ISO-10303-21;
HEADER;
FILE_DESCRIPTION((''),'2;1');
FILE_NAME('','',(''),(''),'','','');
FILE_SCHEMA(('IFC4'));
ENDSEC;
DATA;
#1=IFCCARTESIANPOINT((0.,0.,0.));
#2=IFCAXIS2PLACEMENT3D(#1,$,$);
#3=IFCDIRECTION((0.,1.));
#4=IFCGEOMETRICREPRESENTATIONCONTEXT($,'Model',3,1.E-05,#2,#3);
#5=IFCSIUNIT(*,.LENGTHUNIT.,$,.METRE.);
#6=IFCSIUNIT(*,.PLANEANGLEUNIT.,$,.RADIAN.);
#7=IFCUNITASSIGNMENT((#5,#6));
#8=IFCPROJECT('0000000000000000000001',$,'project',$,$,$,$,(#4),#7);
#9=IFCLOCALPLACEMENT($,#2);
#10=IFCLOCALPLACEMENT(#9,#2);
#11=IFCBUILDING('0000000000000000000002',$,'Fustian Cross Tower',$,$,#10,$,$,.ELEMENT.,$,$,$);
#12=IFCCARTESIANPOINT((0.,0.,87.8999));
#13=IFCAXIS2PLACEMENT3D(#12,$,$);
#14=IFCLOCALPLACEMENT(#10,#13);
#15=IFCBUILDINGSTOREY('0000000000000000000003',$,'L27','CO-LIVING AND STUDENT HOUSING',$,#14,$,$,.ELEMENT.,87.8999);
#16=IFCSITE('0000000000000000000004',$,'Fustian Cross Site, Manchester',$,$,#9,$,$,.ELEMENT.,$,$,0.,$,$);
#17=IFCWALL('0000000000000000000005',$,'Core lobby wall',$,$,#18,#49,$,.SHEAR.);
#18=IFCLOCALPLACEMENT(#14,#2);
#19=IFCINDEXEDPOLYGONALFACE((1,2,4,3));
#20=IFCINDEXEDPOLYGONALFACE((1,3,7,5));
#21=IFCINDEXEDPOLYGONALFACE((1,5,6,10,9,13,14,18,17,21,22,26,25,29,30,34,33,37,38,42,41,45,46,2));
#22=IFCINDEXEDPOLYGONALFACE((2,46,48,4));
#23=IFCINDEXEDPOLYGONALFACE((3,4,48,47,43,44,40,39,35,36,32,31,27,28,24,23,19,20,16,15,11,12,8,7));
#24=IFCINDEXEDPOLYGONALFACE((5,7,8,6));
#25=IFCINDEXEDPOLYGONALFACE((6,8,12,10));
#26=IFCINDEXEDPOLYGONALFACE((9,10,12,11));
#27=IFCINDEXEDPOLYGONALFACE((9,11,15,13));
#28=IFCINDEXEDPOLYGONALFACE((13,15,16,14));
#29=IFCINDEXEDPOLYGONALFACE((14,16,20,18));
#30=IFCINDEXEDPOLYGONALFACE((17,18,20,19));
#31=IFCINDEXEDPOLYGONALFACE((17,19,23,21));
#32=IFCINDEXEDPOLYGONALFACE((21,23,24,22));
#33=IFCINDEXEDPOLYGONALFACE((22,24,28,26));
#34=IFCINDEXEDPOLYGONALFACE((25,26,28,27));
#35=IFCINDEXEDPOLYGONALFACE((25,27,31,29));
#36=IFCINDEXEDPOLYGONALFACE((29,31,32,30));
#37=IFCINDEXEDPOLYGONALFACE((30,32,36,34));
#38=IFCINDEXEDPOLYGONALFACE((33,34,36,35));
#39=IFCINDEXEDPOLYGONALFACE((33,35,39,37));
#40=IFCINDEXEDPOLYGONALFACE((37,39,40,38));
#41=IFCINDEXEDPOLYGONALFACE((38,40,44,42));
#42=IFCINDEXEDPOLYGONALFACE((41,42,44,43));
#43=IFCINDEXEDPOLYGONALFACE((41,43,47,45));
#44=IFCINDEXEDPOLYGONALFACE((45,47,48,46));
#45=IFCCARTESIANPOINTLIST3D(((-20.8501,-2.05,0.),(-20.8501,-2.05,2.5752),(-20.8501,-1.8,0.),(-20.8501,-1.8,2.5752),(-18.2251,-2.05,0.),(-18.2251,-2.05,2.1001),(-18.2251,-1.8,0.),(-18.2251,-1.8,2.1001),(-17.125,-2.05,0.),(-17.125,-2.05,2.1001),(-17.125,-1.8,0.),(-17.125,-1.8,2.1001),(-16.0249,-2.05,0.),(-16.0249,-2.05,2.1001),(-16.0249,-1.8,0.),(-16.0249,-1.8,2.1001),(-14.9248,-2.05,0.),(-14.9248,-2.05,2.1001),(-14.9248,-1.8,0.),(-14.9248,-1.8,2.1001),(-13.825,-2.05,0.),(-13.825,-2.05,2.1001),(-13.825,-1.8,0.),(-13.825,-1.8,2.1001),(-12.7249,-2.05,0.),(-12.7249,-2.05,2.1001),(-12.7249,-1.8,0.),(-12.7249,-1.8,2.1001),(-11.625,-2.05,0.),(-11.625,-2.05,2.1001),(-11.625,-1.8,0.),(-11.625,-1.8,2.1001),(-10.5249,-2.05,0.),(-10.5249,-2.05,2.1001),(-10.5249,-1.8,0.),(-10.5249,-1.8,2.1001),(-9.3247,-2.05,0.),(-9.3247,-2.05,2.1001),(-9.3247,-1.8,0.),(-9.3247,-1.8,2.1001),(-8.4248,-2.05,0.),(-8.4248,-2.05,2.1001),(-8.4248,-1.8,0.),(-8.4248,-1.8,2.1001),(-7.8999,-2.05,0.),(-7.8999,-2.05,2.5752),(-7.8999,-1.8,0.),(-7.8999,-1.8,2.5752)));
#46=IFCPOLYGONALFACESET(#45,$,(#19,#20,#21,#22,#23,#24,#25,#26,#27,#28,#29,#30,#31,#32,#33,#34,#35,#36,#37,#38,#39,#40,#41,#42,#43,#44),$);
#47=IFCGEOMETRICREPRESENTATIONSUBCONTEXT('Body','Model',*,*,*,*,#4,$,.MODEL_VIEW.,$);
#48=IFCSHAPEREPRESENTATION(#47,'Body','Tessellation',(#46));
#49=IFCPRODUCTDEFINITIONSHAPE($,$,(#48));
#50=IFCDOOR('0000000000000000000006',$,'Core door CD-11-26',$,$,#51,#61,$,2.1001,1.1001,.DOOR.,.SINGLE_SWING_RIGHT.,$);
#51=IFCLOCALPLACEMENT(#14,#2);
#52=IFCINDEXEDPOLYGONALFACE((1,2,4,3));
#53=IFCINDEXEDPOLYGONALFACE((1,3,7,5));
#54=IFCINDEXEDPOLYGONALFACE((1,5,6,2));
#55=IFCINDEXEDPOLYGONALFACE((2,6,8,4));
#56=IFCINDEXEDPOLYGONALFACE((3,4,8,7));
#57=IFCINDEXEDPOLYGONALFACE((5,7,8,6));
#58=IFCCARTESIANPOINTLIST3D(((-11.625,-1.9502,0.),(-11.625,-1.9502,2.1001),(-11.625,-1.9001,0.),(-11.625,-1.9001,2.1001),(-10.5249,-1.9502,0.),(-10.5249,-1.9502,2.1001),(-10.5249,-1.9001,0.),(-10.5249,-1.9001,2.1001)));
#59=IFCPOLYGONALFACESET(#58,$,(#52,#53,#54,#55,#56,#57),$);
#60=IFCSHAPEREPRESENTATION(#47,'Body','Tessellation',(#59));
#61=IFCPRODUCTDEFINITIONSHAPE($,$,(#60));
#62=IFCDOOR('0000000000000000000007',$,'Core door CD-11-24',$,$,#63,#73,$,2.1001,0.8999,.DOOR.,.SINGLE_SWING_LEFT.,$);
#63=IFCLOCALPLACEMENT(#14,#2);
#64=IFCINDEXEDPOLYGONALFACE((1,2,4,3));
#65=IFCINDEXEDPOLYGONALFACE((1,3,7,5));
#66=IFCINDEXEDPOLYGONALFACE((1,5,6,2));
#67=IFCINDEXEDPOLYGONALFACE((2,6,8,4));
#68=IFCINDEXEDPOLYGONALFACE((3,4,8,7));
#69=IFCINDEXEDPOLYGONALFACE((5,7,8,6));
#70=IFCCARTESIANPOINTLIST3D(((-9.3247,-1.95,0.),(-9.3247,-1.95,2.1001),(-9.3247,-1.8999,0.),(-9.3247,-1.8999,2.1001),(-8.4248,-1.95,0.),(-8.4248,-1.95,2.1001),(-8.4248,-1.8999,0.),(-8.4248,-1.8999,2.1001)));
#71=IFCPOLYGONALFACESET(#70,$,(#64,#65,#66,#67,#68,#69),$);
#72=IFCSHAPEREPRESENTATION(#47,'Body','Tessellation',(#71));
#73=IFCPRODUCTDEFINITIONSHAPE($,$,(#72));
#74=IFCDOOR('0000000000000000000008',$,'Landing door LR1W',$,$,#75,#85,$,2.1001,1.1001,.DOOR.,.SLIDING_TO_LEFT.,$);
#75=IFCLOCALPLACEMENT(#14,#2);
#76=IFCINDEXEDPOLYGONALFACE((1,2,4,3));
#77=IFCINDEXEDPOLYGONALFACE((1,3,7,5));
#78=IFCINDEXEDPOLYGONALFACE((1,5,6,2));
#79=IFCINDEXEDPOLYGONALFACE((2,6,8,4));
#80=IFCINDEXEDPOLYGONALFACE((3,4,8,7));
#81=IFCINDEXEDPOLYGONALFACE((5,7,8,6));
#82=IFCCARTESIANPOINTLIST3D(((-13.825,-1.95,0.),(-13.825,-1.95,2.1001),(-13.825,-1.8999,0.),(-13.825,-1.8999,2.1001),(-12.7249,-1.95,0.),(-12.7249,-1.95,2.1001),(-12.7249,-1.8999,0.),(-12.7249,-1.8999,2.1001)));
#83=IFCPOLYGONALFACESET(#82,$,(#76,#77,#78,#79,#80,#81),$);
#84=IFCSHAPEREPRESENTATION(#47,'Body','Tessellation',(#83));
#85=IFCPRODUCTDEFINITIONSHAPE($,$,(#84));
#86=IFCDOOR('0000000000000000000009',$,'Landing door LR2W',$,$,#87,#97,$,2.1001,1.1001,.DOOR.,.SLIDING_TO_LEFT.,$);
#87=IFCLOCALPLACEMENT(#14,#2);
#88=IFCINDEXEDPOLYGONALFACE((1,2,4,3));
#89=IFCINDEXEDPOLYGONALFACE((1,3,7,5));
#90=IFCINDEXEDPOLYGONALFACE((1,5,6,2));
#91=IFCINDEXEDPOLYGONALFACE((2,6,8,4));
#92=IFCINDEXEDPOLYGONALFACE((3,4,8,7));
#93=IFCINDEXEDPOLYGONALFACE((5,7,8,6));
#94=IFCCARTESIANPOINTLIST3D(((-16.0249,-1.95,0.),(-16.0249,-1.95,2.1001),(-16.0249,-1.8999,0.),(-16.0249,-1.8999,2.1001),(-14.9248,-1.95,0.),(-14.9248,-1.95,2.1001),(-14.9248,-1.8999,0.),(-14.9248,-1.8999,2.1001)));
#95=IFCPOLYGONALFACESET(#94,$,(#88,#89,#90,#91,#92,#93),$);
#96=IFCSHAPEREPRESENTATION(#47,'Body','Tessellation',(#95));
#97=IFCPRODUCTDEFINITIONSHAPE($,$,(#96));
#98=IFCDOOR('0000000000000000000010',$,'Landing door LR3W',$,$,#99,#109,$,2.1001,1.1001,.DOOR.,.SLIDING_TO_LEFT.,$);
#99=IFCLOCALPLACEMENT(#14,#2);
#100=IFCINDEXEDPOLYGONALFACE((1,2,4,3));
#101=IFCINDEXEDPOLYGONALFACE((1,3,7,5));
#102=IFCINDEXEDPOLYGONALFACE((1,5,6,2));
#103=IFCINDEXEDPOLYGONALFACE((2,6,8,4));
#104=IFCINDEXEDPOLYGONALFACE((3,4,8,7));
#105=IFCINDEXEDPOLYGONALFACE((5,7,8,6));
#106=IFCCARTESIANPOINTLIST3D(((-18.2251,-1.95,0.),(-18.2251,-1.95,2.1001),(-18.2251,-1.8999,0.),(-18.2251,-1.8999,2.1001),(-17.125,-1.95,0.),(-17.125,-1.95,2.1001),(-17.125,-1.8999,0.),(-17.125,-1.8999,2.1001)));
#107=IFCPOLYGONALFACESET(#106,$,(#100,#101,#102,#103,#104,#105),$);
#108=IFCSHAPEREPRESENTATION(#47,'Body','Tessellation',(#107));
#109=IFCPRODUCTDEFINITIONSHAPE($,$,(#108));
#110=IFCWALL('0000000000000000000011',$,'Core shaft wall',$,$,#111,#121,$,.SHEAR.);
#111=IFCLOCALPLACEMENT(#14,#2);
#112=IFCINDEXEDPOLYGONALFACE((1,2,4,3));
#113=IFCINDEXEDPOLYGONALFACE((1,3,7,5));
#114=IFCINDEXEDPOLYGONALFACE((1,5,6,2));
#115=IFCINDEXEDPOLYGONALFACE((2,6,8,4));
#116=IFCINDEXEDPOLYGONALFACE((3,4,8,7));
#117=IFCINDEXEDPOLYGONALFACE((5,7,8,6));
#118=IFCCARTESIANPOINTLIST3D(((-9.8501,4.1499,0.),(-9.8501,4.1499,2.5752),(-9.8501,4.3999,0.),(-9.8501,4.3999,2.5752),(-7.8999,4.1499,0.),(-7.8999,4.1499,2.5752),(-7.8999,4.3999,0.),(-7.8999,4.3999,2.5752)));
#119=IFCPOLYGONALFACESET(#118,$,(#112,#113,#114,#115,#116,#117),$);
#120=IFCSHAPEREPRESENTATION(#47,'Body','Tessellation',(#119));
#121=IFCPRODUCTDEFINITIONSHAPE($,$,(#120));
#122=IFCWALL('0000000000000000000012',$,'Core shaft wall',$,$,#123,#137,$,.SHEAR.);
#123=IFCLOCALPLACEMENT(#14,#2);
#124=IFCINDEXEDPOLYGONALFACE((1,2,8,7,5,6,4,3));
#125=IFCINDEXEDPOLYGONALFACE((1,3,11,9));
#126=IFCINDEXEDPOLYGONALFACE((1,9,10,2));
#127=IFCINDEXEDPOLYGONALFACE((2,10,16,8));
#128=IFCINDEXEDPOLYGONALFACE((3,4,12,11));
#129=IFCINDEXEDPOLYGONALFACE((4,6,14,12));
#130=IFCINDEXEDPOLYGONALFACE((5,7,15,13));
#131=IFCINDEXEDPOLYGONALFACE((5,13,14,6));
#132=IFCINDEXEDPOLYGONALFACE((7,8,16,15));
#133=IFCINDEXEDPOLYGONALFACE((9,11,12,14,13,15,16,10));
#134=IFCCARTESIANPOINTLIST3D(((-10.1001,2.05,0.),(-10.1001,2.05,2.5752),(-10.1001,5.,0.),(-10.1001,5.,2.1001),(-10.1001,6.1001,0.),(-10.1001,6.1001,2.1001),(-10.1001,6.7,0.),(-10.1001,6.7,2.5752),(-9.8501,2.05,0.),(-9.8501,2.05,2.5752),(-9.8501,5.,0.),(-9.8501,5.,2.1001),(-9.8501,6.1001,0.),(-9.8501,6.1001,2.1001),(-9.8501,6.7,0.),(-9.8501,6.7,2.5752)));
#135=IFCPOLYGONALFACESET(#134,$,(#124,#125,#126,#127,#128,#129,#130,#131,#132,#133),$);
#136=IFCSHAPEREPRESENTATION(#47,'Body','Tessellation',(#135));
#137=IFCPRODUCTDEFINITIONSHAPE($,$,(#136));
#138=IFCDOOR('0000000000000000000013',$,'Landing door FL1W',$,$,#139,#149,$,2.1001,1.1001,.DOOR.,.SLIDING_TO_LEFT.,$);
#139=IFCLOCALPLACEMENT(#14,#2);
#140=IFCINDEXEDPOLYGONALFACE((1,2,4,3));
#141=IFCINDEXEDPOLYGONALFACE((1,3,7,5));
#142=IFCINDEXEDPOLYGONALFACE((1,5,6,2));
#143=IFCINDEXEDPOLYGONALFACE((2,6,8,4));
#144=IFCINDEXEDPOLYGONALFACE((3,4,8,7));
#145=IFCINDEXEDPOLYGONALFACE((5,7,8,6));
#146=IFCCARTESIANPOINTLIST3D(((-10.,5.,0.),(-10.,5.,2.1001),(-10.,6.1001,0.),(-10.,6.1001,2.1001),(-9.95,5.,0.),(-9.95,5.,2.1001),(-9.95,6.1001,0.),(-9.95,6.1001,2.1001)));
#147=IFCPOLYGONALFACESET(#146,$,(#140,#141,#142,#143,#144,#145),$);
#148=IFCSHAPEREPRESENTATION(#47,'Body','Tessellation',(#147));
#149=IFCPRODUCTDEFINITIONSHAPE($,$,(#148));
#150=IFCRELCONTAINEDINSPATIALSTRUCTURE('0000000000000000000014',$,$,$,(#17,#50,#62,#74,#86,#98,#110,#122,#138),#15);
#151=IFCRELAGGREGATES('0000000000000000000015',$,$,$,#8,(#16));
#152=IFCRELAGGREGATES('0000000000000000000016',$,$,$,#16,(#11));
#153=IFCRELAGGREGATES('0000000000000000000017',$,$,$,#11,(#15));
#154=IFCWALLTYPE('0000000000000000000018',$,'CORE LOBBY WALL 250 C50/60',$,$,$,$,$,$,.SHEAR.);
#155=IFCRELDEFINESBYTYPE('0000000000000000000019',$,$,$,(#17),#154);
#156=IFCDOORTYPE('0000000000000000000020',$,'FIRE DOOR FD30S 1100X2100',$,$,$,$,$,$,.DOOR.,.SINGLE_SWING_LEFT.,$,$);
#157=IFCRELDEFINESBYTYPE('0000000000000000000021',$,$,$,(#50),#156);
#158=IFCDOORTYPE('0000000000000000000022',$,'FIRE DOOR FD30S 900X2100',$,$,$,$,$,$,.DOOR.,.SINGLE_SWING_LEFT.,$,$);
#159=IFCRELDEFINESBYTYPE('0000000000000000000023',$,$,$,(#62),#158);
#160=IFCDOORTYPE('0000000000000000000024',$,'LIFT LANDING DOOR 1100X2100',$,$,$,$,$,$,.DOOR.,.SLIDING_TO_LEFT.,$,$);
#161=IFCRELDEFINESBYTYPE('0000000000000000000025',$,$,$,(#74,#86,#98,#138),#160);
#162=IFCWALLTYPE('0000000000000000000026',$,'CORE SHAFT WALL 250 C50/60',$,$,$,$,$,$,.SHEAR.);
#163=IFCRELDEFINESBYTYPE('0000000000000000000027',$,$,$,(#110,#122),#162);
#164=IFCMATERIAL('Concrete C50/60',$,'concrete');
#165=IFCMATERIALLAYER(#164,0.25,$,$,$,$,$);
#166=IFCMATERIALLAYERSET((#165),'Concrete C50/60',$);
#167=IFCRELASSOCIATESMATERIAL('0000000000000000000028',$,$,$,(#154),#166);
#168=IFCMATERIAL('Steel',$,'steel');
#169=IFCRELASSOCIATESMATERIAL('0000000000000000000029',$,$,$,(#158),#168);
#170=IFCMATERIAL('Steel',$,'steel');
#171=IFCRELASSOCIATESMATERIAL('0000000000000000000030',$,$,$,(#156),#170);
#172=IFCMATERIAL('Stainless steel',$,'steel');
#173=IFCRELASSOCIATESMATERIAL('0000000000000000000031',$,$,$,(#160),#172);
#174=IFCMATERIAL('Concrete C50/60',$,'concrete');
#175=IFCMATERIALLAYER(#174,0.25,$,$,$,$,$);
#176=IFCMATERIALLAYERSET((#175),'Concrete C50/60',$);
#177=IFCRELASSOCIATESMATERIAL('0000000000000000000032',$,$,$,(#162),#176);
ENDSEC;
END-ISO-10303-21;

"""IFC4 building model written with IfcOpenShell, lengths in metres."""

from ifc_helpers import new_model, si_unit, direction, frame, frame_2d, origin, place, context, subcontext, project, spatial, rectangle, extrude, material, layer, layer_set, type_object, element, fill, save


model = new_model("IFC4")

# Units and contexts
model_context = context("Model", 3, precision=1e-05, world=origin(), true_north=direction((0.0, 1.0)))
body_context = subcontext(model_context, "Body", "Model", "MODEL_VIEW")
ifc_project = project(units=[si_unit("LENGTHUNIT", "METRE"), si_unit("PLANEANGLEUNIT", "RADIAN")], contexts=[model_context])

# Site, building, storey
site_placement = place(None, origin())
site = spatial("IfcSite", under=ifc_project, at=site_placement, Name="Fustian Cross Site, Manchester", CompositionType="ELEMENT", RefElevation=0.0)
building_placement = place(site_placement, origin())
building = spatial("IfcBuilding", under=site, at=building_placement, Name="Fustian Cross Tower", CompositionType="ELEMENT")
storey_placement = place(building_placement, frame((0.0, 0.0, 87.8999)))
storey = spatial("IfcBuildingStorey", under=building, at=storey_placement, Name="L27", Description="CO-LIVING AND STUDENT HOUSING", CompositionType="ELEMENT", Elevation=87.8999)

# Wall, openings, doors
ifc_material_1 = material(Name="Concrete C50/60", Category="concrete")
ifc_layer_1 = layer(ifc_material_1, 0.25)
ifc_layer_set_1 = layer_set([ifc_layer_1], Name="Concrete C50/60")
wall_type_1 = type_object("IfcWallType", Name="CORE LOBBY WALL 250 C50/60", PredefinedType="SHEAR", material=ifc_layer_set_1)
ifc_material_2 = material(Name="Steel", Category="steel")
door_type_1 = type_object("IfcDoorType", Name="FIRE DOOR FD30S 900X2100", OperationType="SINGLE_SWING_LEFT", PredefinedType="DOOR", material=ifc_material_2)
wall_1_placement = place(storey_placement, frame((-7.8999, -1.925, 0.0), z_axis=(0.0, 0.0, 1.0), x_axis=(-1.0, 0.0, 0.0)))
wall_1 = element("IfcWall", 1, at=wall_1_placement, inside=storey, type_object=wall_type_1, Name="Core lobby wall", PredefinedType="SHEAR", context=body_context, shape_type="SweptSolid", body=[
    extrude(rectangle(XDim=12.9502, YDim=0.25, at=frame_2d((6.4751, 0.0))), origin(), (0.0, 0.0, 1.0), 2.5752),
])
opening_1_placement = place(wall_1_placement, frame((4.825, 0.0, 0.0)))
opening_1 = element("IfcOpeningElement", 2, at=opening_1_placement, cuts=wall_1, PredefinedType="OPENING", context=body_context, shape_type="SweptSolid", body=[
    extrude(rectangle(XDim=1.1001, YDim=2.1001, at=frame_2d((0.55, 1.05))), frame((0.0, 0.135, 0.0), z_axis=(0.0, -1.0, 0.0), x_axis=(1.0, 0.0, 0.0)), (0.0, 0.0, 1.0), 0.27),
])
opening_2_placement = place(wall_1_placement, frame((7.0249, 0.0, 0.0)))
opening_2 = element("IfcOpeningElement", 3, at=opening_2_placement, cuts=wall_1, PredefinedType="OPENING", context=body_context, shape_type="SweptSolid", body=[
    extrude(rectangle(XDim=1.1001, YDim=2.1001, at=frame_2d((0.55, 1.05))), frame((0.0, 0.135, 0.0), z_axis=(0.0, -1.0, 0.0), x_axis=(1.0, 0.0, 0.0)), (0.0, 0.0, 1.0), 0.27),
])
opening_3_placement = place(wall_1_placement, frame((9.2251, 0.0, 0.0)))
opening_3 = element("IfcOpeningElement", 4, at=opening_3_placement, cuts=wall_1, PredefinedType="OPENING", context=body_context, shape_type="SweptSolid", body=[
    extrude(rectangle(XDim=1.1001, YDim=2.1001, at=frame_2d((0.55, 1.05))), frame((0.0, 0.135, 0.0), z_axis=(0.0, -1.0, 0.0), x_axis=(1.0, 0.0, 0.0)), (0.0, 0.0, 1.0), 0.27),
])
opening_4_placement = place(wall_1_placement, frame((0.5249, 0.0, 0.0)))
opening_4 = element("IfcOpeningElement", 5, at=opening_4_placement, cuts=wall_1, PredefinedType="OPENING", context=body_context, shape_type="SweptSolid", body=[
    extrude(rectangle(XDim=0.8999, YDim=2.1001, at=frame_2d((0.45, 1.05))), frame((0.0, 0.135, 0.0), z_axis=(0.0, -1.0, 0.0), x_axis=(1.0, 0.0, 0.0)), (0.0, 0.0, 1.0), 0.27),
])
opening_5_placement = place(wall_1_placement, frame((2.625, 0.0, 0.0)))
opening_5 = element("IfcOpeningElement", 6, at=opening_5_placement, cuts=wall_1, PredefinedType="OPENING", context=body_context, shape_type="SweptSolid", body=[
    extrude(rectangle(XDim=1.1001, YDim=2.1001, at=frame_2d((0.55, 1.05))), frame((0.0, 0.135, 0.0), z_axis=(0.0, -1.0, 0.0), x_axis=(1.0, 0.0, 0.0)), (0.0, 0.0, 1.0), 0.27),
])
ifc_material_3 = material(Name="Steel", Category="steel")
door_type_2 = type_object("IfcDoorType", Name="FIRE DOOR FD30S 1100X2100", OperationType="SINGLE_SWING_LEFT", PredefinedType="DOOR", material=ifc_material_3)
door_1_placement = place(opening_5_placement, frame((1.1001, 0.0, 0.0), z_axis=(0.0, 0.0, 1.0), x_axis=(-1.0, 0.0, 0.0)))
door_1 = element("IfcDoor", 7, at=door_1_placement, inside=storey, type_object=door_type_2, Name="Core door CD-11-26", OperationType="SINGLE_SWING_RIGHT", OverallHeight=2.1001, OverallWidth=1.1001, PredefinedType="DOOR", context=body_context, shape_type="SweptSolid", body=[
    extrude(rectangle(XDim=1.1001, YDim=2.1001, at=frame_2d((0.55, 1.05))), frame((0.0, 0.0249, 0.0), z_axis=(0.0, -1.0, 0.0), x_axis=(1.0, 0.0, 0.0)), (0.0, 0.0, 1.0), 0.05),
])
fill(opening_5, door_1)
door_2_placement = place(opening_4_placement, origin())
door_2 = element("IfcDoor", 8, at=door_2_placement, inside=storey, type_object=door_type_1, Name="Core door CD-11-24", OperationType="SINGLE_SWING_LEFT", OverallHeight=2.1001, OverallWidth=0.8999, PredefinedType="DOOR", context=body_context, shape_type="SweptSolid", body=[
    extrude(rectangle(XDim=0.8999, YDim=2.1001, at=frame_2d((0.45, 1.05))), frame((0.0, 0.0249, 0.0), z_axis=(0.0, -1.0, 0.0), x_axis=(1.0, 0.0, 0.0)), (0.0, 0.0, 1.0), 0.05),
])
fill(opening_4, door_2)
ifc_material_4 = material(Name="Stainless steel", Category="steel")
door_type_3 = type_object("IfcDoorType", Name="LIFT LANDING DOOR 1100X2100", OperationType="SLIDING_TO_LEFT", PredefinedType="DOOR", material=ifc_material_4)
door_3_placement = place(opening_1_placement, origin())
door_3 = element("IfcDoor", 9, at=door_3_placement, inside=storey, type_object=door_type_3, Name="Landing door LR1W", OperationType="SLIDING_TO_LEFT", OverallHeight=2.1001, OverallWidth=1.1001, PredefinedType="DOOR", context=body_context, shape_type="SweptSolid", body=[
    extrude(rectangle(XDim=1.1001, YDim=2.1001, at=frame_2d((0.55, 1.05))), frame((0.0, 0.0249, 0.0), z_axis=(0.0, -1.0, 0.0), x_axis=(1.0, 0.0, 0.0)), (0.0, 0.0, 1.0), 0.05),
])
fill(opening_1, door_3)
door_4_placement = place(opening_2_placement, origin())
door_4 = element("IfcDoor", 10, at=door_4_placement, inside=storey, type_object=door_type_3, Name="Landing door LR2W", OperationType="SLIDING_TO_LEFT", OverallHeight=2.1001, OverallWidth=1.1001, PredefinedType="DOOR", context=body_context, shape_type="SweptSolid", body=[
    extrude(rectangle(XDim=1.1001, YDim=2.1001, at=frame_2d((0.55, 1.05))), frame((0.0, 0.0249, 0.0), z_axis=(0.0, -1.0, 0.0), x_axis=(1.0, 0.0, 0.0)), (0.0, 0.0, 1.0), 0.05),
])
fill(opening_2, door_4)
door_5_placement = place(opening_3_placement, origin())
door_5 = element("IfcDoor", 11, at=door_5_placement, inside=storey, type_object=door_type_3, Name="Landing door LR3W", OperationType="SLIDING_TO_LEFT", OverallHeight=2.1001, OverallWidth=1.1001, PredefinedType="DOOR", context=body_context, shape_type="SweptSolid", body=[
    extrude(rectangle(XDim=1.1001, YDim=2.1001, at=frame_2d((0.55, 1.05))), frame((0.0, 0.0249, 0.0), z_axis=(0.0, -1.0, 0.0), x_axis=(1.0, 0.0, 0.0)), (0.0, 0.0, 1.0), 0.05),
])
fill(opening_3, door_5)

# Wall
ifc_material_5 = material(Name="Concrete C50/60", Category="concrete")
ifc_layer_2 = layer(ifc_material_5, 0.25)
ifc_layer_set_2 = layer_set([ifc_layer_2], Name="Concrete C50/60")
wall_type_2 = type_object("IfcWallType", Name="CORE SHAFT WALL 250 C50/60", PredefinedType="SHEAR", material=ifc_layer_set_2)
wall_2_placement = place(storey_placement, frame((-7.8999, 4.2749, 0.0), z_axis=(0.0, 0.0, 1.0), x_axis=(-1.0, 0.0, 0.0)))
element("IfcWall", 12, at=wall_2_placement, inside=storey, type_object=wall_type_2, Name="Core shaft wall", PredefinedType="SHEAR", context=body_context, shape_type="SweptSolid", body=[
    extrude(rectangle(XDim=1.9502, YDim=0.25, at=frame_2d((0.9751, 0.0))), origin(), (0.0, 0.0, 1.0), 2.5752),
])

# Wall, opening, door
wall_3_placement = place(storey_placement, frame((-9.9751, 2.05, 0.0), z_axis=(0.0, 0.0, 1.0), x_axis=(0.0, 1.0, 0.0)))
wall_3 = element("IfcWall", 13, at=wall_3_placement, inside=storey, type_object=wall_type_2, Name="Core shaft wall", PredefinedType="SHEAR", context=body_context, shape_type="SweptSolid", body=[
    extrude(rectangle(XDim=4.6499, YDim=0.25, at=frame_2d((2.325, 0.0))), origin(), (0.0, 0.0, 1.0), 2.5752),
])
opening_6_placement = place(wall_3_placement, frame((2.95, 0.0, 0.0)))
opening_6 = element("IfcOpeningElement", 14, at=opening_6_placement, cuts=wall_3, PredefinedType="OPENING", context=body_context, shape_type="SweptSolid", body=[
    extrude(rectangle(XDim=1.1001, YDim=2.1001, at=frame_2d((0.55, 1.05))), frame((0.0, 0.135, 0.0), z_axis=(0.0, -1.0, 0.0), x_axis=(1.0, 0.0, 0.0)), (0.0, 0.0, 1.0), 0.27),
])
door_6_placement = place(opening_6_placement, origin())
door_6 = element("IfcDoor", 15, at=door_6_placement, inside=storey, type_object=door_type_3, Name="Landing door FL1W", OperationType="SLIDING_TO_LEFT", OverallHeight=2.1001, OverallWidth=1.1001, PredefinedType="DOOR", context=body_context, shape_type="SweptSolid", body=[
    extrude(rectangle(XDim=1.1001, YDim=2.1001, at=frame_2d((0.55, 1.05))), frame((0.0, 0.0249, 0.0), z_axis=(0.0, -1.0, 0.0), x_axis=(1.0, 0.0, 0.0)), (0.0, 0.0, 1.0), 0.05),
])
fill(opening_6, door_6)

save(model, "model.ifc")
